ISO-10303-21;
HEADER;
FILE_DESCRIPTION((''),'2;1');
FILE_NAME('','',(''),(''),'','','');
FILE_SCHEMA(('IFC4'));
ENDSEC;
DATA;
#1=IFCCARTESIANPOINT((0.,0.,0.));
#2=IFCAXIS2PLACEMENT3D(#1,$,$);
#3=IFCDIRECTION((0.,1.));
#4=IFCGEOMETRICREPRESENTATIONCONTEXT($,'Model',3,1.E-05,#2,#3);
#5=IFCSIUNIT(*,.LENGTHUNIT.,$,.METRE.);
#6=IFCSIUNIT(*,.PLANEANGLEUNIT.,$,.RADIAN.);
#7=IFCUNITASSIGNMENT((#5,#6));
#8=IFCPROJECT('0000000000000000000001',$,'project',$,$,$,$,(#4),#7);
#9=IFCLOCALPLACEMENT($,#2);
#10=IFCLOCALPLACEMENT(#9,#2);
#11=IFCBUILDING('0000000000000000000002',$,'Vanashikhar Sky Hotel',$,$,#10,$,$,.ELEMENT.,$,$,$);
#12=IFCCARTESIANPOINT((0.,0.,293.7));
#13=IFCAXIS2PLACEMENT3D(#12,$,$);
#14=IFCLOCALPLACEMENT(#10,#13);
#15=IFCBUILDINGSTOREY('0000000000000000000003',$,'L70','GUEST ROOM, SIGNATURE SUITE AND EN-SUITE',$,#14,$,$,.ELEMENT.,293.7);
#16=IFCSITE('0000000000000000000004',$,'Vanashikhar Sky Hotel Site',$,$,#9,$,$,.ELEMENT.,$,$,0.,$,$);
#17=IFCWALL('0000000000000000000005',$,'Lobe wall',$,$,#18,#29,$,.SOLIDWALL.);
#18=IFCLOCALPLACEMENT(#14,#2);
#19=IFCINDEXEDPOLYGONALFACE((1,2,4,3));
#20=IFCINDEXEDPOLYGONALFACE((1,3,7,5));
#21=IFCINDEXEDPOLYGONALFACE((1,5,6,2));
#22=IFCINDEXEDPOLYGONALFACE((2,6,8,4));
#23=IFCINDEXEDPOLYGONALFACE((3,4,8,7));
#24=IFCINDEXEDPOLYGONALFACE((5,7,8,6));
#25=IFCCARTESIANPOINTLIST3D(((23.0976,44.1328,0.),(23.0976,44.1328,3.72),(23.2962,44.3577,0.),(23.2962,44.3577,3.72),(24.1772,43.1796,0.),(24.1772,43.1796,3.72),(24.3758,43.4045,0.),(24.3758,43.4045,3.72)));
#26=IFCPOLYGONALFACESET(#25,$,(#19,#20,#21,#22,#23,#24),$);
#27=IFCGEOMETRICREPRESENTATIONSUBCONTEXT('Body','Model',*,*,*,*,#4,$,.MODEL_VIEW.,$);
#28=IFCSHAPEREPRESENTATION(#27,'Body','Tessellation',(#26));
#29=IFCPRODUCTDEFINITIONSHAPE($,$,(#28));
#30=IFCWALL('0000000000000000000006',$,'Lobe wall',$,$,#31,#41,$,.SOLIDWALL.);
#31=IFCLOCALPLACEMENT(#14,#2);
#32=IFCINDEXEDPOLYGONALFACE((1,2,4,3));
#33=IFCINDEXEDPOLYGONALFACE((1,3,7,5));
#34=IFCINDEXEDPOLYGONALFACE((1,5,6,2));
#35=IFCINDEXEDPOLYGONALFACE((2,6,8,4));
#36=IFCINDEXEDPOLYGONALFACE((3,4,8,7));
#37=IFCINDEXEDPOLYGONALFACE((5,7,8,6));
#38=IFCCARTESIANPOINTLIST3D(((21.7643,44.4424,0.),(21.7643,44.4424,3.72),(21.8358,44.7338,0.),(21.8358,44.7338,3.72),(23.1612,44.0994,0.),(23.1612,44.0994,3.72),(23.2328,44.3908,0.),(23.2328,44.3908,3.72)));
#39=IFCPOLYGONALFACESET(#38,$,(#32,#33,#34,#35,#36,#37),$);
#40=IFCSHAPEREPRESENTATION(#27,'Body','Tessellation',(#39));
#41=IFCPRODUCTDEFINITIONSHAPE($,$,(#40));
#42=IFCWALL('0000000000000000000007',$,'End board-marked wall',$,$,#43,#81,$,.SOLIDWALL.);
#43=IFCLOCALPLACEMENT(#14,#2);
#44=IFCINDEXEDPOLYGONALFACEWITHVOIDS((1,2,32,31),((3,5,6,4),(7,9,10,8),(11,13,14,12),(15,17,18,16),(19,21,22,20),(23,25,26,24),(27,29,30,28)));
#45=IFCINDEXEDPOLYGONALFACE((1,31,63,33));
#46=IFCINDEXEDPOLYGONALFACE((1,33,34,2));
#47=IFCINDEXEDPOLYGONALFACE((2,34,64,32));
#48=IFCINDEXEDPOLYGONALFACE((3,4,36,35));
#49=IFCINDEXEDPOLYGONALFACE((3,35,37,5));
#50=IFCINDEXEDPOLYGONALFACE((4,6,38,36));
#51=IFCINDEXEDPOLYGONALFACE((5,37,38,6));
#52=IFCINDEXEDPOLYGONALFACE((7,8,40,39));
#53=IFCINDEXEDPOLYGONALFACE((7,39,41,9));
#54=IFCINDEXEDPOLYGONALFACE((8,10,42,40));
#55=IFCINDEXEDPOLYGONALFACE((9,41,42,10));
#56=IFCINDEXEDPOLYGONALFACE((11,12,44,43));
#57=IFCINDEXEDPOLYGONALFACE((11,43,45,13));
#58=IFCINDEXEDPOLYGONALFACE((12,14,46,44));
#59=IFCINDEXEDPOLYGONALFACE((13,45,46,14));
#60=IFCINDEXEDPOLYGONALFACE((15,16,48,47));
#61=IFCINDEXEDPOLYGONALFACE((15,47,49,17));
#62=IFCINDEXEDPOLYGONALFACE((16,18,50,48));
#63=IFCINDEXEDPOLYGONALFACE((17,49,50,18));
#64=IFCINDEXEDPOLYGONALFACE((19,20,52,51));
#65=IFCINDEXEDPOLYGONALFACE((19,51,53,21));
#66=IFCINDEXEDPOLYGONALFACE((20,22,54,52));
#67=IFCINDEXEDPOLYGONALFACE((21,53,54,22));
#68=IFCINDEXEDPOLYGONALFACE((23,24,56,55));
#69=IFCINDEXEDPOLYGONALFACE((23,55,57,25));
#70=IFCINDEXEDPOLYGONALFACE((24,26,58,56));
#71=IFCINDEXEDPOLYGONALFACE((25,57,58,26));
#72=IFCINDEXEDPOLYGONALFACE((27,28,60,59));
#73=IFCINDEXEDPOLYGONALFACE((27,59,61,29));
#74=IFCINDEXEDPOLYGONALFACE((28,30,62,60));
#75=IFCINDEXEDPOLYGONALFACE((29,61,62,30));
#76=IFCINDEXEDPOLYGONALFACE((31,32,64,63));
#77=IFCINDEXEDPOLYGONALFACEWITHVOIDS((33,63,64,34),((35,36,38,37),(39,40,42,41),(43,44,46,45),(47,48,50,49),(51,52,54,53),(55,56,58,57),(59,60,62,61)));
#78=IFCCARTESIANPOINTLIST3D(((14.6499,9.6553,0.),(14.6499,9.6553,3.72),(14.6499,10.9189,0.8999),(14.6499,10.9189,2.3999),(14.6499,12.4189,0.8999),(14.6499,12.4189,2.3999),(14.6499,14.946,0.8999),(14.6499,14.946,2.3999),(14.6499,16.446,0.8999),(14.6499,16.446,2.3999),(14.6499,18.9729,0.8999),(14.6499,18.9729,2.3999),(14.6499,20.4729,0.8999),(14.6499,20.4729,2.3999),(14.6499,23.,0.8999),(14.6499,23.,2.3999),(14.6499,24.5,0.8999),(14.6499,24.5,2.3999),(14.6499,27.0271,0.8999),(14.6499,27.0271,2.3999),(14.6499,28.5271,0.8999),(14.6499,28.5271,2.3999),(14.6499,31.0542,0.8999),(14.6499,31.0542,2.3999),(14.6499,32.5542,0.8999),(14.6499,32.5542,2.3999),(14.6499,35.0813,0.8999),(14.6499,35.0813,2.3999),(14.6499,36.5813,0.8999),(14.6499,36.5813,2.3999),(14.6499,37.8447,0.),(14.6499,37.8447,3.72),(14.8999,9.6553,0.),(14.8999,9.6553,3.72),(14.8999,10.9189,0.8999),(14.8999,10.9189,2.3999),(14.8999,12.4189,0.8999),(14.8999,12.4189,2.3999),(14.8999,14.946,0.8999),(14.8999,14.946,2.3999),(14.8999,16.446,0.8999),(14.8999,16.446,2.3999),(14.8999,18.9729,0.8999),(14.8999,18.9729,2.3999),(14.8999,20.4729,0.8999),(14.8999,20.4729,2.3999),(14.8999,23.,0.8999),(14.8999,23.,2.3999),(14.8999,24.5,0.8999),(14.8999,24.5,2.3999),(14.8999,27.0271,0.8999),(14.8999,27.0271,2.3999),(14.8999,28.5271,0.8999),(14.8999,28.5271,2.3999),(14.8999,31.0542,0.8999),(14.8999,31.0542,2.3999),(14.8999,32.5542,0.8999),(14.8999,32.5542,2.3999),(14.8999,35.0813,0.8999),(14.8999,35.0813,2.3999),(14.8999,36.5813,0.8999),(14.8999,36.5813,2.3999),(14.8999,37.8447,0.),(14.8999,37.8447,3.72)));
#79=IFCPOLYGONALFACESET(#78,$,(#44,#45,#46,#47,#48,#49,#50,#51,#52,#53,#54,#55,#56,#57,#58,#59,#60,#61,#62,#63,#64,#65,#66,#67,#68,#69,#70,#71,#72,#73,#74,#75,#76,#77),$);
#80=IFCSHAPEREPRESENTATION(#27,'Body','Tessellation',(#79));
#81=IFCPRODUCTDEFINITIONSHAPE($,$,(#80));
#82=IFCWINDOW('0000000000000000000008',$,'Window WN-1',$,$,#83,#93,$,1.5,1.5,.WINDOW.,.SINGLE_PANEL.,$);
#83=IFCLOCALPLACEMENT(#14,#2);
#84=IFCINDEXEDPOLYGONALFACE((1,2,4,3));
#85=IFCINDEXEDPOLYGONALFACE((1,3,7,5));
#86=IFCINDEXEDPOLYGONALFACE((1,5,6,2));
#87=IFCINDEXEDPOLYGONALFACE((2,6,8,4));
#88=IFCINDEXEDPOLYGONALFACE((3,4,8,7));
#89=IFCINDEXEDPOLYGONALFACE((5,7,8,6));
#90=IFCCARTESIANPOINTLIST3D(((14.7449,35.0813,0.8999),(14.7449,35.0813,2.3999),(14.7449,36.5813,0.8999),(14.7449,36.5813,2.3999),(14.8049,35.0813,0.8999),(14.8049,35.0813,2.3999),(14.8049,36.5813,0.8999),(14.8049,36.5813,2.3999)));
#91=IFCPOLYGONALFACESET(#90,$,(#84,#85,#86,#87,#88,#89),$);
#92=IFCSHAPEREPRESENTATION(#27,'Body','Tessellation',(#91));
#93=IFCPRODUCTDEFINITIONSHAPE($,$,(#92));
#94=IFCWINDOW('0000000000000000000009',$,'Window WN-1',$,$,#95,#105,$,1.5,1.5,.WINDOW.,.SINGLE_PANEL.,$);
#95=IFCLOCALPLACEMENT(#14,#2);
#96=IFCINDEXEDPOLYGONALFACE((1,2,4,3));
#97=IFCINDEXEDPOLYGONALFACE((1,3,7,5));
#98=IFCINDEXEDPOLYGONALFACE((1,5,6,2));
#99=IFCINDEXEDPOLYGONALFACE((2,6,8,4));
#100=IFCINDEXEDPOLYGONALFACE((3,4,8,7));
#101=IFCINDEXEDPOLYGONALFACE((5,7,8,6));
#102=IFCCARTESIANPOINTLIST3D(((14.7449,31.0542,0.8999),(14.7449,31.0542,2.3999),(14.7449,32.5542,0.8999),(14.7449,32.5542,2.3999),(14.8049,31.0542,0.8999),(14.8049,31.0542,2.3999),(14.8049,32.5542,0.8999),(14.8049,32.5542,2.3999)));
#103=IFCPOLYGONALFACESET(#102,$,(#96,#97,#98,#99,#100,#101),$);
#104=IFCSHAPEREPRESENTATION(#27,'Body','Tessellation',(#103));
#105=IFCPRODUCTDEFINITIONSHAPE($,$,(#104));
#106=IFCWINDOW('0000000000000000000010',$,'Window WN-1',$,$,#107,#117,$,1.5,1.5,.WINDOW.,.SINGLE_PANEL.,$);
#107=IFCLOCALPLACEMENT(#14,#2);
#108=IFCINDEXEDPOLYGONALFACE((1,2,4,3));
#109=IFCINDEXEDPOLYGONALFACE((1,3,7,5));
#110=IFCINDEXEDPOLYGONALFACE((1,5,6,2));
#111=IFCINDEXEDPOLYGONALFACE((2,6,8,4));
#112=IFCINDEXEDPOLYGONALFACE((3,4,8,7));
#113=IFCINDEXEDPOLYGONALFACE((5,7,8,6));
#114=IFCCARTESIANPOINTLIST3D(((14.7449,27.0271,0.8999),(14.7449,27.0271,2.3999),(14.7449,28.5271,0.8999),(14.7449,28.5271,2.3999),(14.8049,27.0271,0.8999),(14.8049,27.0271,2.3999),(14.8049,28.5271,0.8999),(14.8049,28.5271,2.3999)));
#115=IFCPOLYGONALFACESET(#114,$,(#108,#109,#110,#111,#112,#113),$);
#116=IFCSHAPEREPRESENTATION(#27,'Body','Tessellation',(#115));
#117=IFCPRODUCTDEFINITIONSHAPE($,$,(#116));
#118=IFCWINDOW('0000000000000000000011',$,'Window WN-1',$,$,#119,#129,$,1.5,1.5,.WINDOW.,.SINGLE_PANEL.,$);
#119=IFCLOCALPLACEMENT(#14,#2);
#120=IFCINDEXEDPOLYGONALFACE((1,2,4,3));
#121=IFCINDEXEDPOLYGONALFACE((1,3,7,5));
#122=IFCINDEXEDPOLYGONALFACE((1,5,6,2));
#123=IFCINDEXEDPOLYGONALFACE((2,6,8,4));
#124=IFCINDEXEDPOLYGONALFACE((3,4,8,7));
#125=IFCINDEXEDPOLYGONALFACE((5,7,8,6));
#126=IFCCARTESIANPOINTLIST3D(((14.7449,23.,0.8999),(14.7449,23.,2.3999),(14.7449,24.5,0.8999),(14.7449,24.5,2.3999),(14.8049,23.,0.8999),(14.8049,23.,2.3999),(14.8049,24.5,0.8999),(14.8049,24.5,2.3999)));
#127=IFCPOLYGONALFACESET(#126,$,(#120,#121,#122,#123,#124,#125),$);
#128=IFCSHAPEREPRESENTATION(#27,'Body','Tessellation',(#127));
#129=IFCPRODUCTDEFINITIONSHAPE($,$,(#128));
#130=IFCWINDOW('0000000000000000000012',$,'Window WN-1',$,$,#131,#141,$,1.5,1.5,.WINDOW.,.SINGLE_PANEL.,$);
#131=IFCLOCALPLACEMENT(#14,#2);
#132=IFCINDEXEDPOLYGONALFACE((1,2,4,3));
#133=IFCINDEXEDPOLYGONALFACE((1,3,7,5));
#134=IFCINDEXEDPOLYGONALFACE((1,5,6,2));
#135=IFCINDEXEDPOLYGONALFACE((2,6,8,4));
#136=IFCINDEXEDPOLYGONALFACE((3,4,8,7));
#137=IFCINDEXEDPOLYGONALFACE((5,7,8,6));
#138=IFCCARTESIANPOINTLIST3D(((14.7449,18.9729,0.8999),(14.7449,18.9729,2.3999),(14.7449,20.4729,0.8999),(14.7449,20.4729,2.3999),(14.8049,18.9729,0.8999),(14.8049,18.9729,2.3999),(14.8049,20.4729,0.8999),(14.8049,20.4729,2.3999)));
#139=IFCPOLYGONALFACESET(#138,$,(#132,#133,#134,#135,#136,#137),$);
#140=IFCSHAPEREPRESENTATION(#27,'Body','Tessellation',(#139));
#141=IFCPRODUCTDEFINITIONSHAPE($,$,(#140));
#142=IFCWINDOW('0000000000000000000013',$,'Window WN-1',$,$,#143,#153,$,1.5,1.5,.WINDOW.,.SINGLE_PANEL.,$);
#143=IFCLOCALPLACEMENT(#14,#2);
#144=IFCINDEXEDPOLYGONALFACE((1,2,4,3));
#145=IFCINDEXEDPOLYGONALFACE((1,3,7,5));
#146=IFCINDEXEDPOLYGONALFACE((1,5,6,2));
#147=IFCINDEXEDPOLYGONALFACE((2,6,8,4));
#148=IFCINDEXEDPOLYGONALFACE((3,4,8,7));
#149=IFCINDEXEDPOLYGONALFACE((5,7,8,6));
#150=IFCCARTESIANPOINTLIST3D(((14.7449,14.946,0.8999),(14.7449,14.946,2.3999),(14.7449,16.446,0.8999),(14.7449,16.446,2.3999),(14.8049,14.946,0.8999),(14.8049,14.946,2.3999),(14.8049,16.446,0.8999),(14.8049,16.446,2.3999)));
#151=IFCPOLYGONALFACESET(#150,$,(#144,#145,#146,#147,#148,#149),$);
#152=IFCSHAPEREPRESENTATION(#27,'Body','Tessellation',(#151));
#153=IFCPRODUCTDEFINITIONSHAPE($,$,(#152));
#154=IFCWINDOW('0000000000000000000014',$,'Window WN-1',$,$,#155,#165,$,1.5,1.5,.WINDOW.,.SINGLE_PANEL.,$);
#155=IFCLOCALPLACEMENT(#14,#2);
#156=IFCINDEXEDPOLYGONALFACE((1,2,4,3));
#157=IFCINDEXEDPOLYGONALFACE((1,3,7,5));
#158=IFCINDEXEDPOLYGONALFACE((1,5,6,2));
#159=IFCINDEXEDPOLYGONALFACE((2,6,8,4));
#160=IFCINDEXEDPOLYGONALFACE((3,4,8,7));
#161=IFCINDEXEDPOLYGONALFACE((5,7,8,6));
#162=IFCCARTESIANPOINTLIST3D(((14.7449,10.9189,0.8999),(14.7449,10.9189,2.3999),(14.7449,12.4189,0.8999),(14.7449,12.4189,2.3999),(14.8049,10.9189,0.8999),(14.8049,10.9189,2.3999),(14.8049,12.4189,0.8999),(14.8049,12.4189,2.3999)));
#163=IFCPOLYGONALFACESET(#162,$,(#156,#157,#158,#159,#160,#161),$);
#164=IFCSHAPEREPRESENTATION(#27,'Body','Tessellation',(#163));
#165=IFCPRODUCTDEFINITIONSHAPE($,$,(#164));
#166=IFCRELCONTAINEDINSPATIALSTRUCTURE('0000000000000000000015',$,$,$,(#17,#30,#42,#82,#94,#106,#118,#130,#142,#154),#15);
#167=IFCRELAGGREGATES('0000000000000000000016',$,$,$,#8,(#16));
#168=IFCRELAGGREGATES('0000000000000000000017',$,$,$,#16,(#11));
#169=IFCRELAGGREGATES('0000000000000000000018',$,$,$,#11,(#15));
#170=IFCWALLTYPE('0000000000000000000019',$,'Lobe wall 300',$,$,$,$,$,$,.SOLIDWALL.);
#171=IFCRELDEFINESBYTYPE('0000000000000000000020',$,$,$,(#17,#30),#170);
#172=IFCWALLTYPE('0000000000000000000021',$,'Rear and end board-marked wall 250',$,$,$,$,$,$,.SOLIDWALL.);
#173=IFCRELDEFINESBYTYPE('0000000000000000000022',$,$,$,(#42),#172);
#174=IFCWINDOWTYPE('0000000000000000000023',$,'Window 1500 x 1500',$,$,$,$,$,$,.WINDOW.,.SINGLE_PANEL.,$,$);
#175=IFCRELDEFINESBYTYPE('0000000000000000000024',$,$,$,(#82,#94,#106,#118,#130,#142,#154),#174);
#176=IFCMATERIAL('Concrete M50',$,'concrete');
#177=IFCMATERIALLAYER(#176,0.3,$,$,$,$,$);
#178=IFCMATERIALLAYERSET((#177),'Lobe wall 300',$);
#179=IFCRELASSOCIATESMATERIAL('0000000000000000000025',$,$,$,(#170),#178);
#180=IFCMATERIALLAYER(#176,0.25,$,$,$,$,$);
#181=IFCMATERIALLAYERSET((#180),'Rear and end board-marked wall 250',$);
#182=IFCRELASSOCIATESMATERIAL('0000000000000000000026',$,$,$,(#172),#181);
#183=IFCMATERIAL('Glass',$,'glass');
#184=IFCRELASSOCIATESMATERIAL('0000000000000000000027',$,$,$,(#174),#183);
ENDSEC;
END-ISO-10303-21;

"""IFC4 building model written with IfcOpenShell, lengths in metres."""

from ifc_helpers import new_model, si_unit, direction, frame, frame_2d, origin, place, context, subcontext, project, spatial, rectangle, extrude, source, transform, mapped, material, layer, layer_set, type_object, element, fill, save


model = new_model("IFC4")

# Units and contexts
model_context = context("Model", 3, precision=1e-05, world=origin(), true_north=direction((0.0, 1.0)))
body_context = subcontext(model_context, "Body", "Model", "MODEL_VIEW")
ifc_project = project(units=[si_unit("LENGTHUNIT", "METRE"), si_unit("PLANEANGLEUNIT", "RADIAN")], contexts=[model_context])

# Site, building, storey
site_placement = place(None, origin())
site = spatial("IfcSite", under=ifc_project, at=site_placement, Name="Vanashikhar Sky Hotel Site", CompositionType="ELEMENT", RefElevation=0.0)
building_placement = place(site_placement, origin())
building = spatial("IfcBuilding", under=site, at=building_placement, Name="Vanashikhar Sky Hotel", CompositionType="ELEMENT")
storey_placement = place(building_placement, frame((0.0, 0.0, 293.7)))
storey = spatial("IfcBuildingStorey", under=building, at=storey_placement, Name="L70", Description="GUEST ROOM, SIGNATURE SUITE AND EN-SUITE", CompositionType="ELEMENT", Elevation=293.7)

# Shared definitions
ifc_material_1 = material(Name="Concrete M50", Category="concrete")

# Shared definitions
ifc_layer_1 = layer(ifc_material_1, 0.3)
ifc_layer_set_1 = layer_set([ifc_layer_1], Name="Lobe wall 300")
wall_type_1 = type_object("IfcWallType", Name="Lobe wall 300", PredefinedType="SOLIDWALL", material=ifc_layer_set_1)
ifc_material_2 = material(Name="Glass", Category="glass")

# Walls
shared_shape_1 = source(origin(), body_context, "Body", "SweptSolid", [
    extrude(rectangle(XDim=1.4402, YDim=0.3, at=frame_2d((0.7202, 0.0))), origin(), (0.0, 0.0, 1.0), 3.72),
])
wall_1_placement = place(storey_placement, frame((24.2766, 43.292, 0.0), z_axis=(0.0, 0.0, 1.0), x_axis=(-0.74965, 0.661835, 0.0)))
element("IfcWall", 1, at=wall_1_placement, inside=storey, type_object=wall_type_1, Name="Lobe wall", PredefinedType="SOLIDWALL", context=body_context, shape_type="MappedRepresentation", body=[
    mapped(shared_shape_1, transform((0.0, 0.0, 0.0), scale=1.0)),
])
shared_shape_2 = source(origin(), body_context, "Body", "SweptSolid", [
    extrude(rectangle(XDim=1.4385, YDim=0.3, at=frame_2d((0.7192, 0.0))), origin(), (0.0, 0.0, 1.0), 3.72),
])
wall_2_placement = place(storey_placement, frame((23.197, 44.2451, 0.0), z_axis=(0.0, 0.0, 1.0), x_axis=(-0.971152, 0.23846, 0.0)))
element("IfcWall", 2, at=wall_2_placement, inside=storey, type_object=wall_type_1, Name="Lobe wall", PredefinedType="SOLIDWALL", context=body_context, shape_type="MappedRepresentation", body=[
    mapped(shared_shape_2, transform((0.0, 0.0, 0.0), scale=1.0)),
])

# Wall, openings, windows
ifc_layer_2 = layer(ifc_material_1, 0.25)
ifc_layer_set_2 = layer_set([ifc_layer_2], Name="Rear and end board-marked wall 250")
wall_type_2 = type_object("IfcWallType", Name="Rear and end board-marked wall 250", PredefinedType="SOLIDWALL", material=ifc_layer_set_2)
shared_shape_3 = source(origin(), body_context, "Body", "SweptSolid", [
    extrude(rectangle(XDim=28.1895, YDim=0.25, at=frame_2d((14.0947, 0.0))), origin(), (0.0, 0.0, 1.0), 3.72),
])
wall_3_placement = place(storey_placement, frame((14.7749, 37.8447, 0.0), z_axis=(0.0, 0.0, 1.0), x_axis=(0.0, -1.0, 0.0)))
wall_3 = element("IfcWall", 3, at=wall_3_placement, inside=storey, type_object=wall_type_2, Name="End board-marked wall", PredefinedType="SOLIDWALL", context=body_context, shape_type="MappedRepresentation", body=[
    mapped(shared_shape_3, transform((0.0, 0.0, 0.0), scale=1.0)),
])
shared_shape_4 = source(origin(), body_context, "Body", "SweptSolid", [
    extrude(rectangle(XDim=1.5, YDim=1.5, at=frame_2d((0.75, 0.75))), frame((0.0, 0.135, 0.0), z_axis=(0.0, -1.0, 0.0), x_axis=(1.0, 0.0, 0.0)), (0.0, 0.0, 1.0), 0.27),
])
opening_1_placement = place(wall_3_placement, frame((1.2634, 0.0, 0.8999)))
opening_1 = element("IfcOpeningElement", 4, at=opening_1_placement, cuts=wall_3, PredefinedType="OPENING", context=body_context, shape_type="MappedRepresentation", body=[
    mapped(shared_shape_4, transform((0.0, 0.0, 0.0), scale=1.0)),
])
opening_2_placement = place(wall_3_placement, frame((5.2905, 0.0, 0.8999)))
opening_2 = element("IfcOpeningElement", 5, at=opening_2_placement, cuts=wall_3, PredefinedType="OPENING", context=body_context, shape_type="MappedRepresentation", body=[
    mapped(shared_shape_4, transform((0.0, 0.0, 0.0), scale=1.0)),
])
opening_3_placement = place(wall_3_placement, frame((9.3176, 0.0, 0.8999)))
opening_3 = element("IfcOpeningElement", 6, at=opening_3_placement, cuts=wall_3, PredefinedType="OPENING", context=body_context, shape_type="MappedRepresentation", body=[
    mapped(shared_shape_4, transform((0.0, 0.0, 0.0), scale=1.0)),
])
opening_4_placement = place(wall_3_placement, frame((13.3447, 0.0, 0.8999)))
opening_4 = element("IfcOpeningElement", 7, at=opening_4_placement, cuts=wall_3, PredefinedType="OPENING", context=body_context, shape_type="MappedRepresentation", body=[
    mapped(shared_shape_4, transform((0.0, 0.0, 0.0), scale=1.0)),
])
opening_5_placement = place(wall_3_placement, frame((17.3718, 0.0, 0.8999)))
opening_5 = element("IfcOpeningElement", 8, at=opening_5_placement, cuts=wall_3, PredefinedType="OPENING", context=body_context, shape_type="MappedRepresentation", body=[
    mapped(shared_shape_4, transform((0.0, 0.0, 0.0), scale=1.0)),
])
opening_6_placement = place(wall_3_placement, frame((21.3987, 0.0, 0.8999)))
opening_6 = element("IfcOpeningElement", 9, at=opening_6_placement, cuts=wall_3, PredefinedType="OPENING", context=body_context, shape_type="MappedRepresentation", body=[
    mapped(shared_shape_4, transform((0.0, 0.0, 0.0), scale=1.0)),
])
opening_7_placement = place(wall_3_placement, frame((25.4258, 0.0, 0.8999)))
opening_7 = element("IfcOpeningElement", 10, at=opening_7_placement, cuts=wall_3, PredefinedType="OPENING", context=body_context, shape_type="MappedRepresentation", body=[
    mapped(shared_shape_4, transform((0.0, 0.0, 0.0), scale=1.0)),
])
window_type_1 = type_object("IfcWindowType", Name="Window 1500 x 1500", PartitioningType="SINGLE_PANEL", PredefinedType="WINDOW", material=ifc_material_2)
shared_shape_5 = source(origin(), body_context, "Body", "SweptSolid", [
    extrude(rectangle(XDim=1.5, YDim=1.5, at=frame_2d((0.75, 0.75))), frame((0.0, 0.03, 0.0), z_axis=(0.0, -1.0, 0.0), x_axis=(1.0, 0.0, 0.0)), (0.0, 0.0, 1.0), 0.0601),
])
window_1_placement = place(opening_1_placement, origin())
window_1 = element("IfcWindow", 11, at=window_1_placement, inside=storey, type_object=window_type_1, Name="Window WN-1", OverallHeight=1.5, OverallWidth=1.5, PartitioningType="SINGLE_PANEL", PredefinedType="WINDOW", context=body_context, shape_type="MappedRepresentation", body=[
    mapped(shared_shape_5, transform((0.0, 0.0, 0.0), scale=1.0)),
])
fill(opening_1, window_1)
window_2_placement = place(opening_2_placement, origin())
window_2 = element("IfcWindow", 12, at=window_2_placement, inside=storey, type_object=window_type_1, Name="Window WN-1", OverallHeight=1.5, OverallWidth=1.5, PartitioningType="SINGLE_PANEL", PredefinedType="WINDOW", context=body_context, shape_type="MappedRepresentation", body=[
    mapped(shared_shape_5, transform((0.0, 0.0, 0.0), scale=1.0)),
])
fill(opening_2, window_2)
window_3_placement = place(opening_3_placement, origin())
window_3 = element("IfcWindow", 13, at=window_3_placement, inside=storey, type_object=window_type_1, Name="Window WN-1", OverallHeight=1.5, OverallWidth=1.5, PartitioningType="SINGLE_PANEL", PredefinedType="WINDOW", context=body_context, shape_type="MappedRepresentation", body=[
    mapped(shared_shape_5, transform((0.0, 0.0, 0.0), scale=1.0)),
])
fill(opening_3, window_3)
window_4_placement = place(opening_4_placement, origin())
window_4 = element("IfcWindow", 14, at=window_4_placement, inside=storey, type_object=window_type_1, Name="Window WN-1", OverallHeight=1.5, OverallWidth=1.5, PartitioningType="SINGLE_PANEL", PredefinedType="WINDOW", context=body_context, shape_type="MappedRepresentation", body=[
    mapped(shared_shape_5, transform((0.0, 0.0, 0.0), scale=1.0)),
])
fill(opening_4, window_4)
window_5_placement = place(opening_5_placement, origin())
window_5 = element("IfcWindow", 15, at=window_5_placement, inside=storey, type_object=window_type_1, Name="Window WN-1", OverallHeight=1.5, OverallWidth=1.5, PartitioningType="SINGLE_PANEL", PredefinedType="WINDOW", context=body_context, shape_type="MappedRepresentation", body=[
    mapped(shared_shape_5, transform((0.0, 0.0, 0.0), scale=1.0)),
])
fill(opening_5, window_5)
window_6_placement = place(opening_6_placement, origin())
window_6 = element("IfcWindow", 16, at=window_6_placement, inside=storey, type_object=window_type_1, Name="Window WN-1", OverallHeight=1.5, OverallWidth=1.5, PartitioningType="SINGLE_PANEL", PredefinedType="WINDOW", context=body_context, shape_type="MappedRepresentation", body=[
    mapped(shared_shape_5, transform((0.0, 0.0, 0.0), scale=1.0)),
])
fill(opening_6, window_6)
window_7_placement = place(opening_7_placement, origin())
window_7 = element("IfcWindow", 17, at=window_7_placement, inside=storey, type_object=window_type_1, Name="Window WN-1", OverallHeight=1.5, OverallWidth=1.5, PartitioningType="SINGLE_PANEL", PredefinedType="WINDOW", context=body_context, shape_type="MappedRepresentation", body=[
    mapped(shared_shape_5, transform((0.0, 0.0, 0.0), scale=1.0)),
])
fill(opening_7, window_7)

save(model, "model.ifc")
